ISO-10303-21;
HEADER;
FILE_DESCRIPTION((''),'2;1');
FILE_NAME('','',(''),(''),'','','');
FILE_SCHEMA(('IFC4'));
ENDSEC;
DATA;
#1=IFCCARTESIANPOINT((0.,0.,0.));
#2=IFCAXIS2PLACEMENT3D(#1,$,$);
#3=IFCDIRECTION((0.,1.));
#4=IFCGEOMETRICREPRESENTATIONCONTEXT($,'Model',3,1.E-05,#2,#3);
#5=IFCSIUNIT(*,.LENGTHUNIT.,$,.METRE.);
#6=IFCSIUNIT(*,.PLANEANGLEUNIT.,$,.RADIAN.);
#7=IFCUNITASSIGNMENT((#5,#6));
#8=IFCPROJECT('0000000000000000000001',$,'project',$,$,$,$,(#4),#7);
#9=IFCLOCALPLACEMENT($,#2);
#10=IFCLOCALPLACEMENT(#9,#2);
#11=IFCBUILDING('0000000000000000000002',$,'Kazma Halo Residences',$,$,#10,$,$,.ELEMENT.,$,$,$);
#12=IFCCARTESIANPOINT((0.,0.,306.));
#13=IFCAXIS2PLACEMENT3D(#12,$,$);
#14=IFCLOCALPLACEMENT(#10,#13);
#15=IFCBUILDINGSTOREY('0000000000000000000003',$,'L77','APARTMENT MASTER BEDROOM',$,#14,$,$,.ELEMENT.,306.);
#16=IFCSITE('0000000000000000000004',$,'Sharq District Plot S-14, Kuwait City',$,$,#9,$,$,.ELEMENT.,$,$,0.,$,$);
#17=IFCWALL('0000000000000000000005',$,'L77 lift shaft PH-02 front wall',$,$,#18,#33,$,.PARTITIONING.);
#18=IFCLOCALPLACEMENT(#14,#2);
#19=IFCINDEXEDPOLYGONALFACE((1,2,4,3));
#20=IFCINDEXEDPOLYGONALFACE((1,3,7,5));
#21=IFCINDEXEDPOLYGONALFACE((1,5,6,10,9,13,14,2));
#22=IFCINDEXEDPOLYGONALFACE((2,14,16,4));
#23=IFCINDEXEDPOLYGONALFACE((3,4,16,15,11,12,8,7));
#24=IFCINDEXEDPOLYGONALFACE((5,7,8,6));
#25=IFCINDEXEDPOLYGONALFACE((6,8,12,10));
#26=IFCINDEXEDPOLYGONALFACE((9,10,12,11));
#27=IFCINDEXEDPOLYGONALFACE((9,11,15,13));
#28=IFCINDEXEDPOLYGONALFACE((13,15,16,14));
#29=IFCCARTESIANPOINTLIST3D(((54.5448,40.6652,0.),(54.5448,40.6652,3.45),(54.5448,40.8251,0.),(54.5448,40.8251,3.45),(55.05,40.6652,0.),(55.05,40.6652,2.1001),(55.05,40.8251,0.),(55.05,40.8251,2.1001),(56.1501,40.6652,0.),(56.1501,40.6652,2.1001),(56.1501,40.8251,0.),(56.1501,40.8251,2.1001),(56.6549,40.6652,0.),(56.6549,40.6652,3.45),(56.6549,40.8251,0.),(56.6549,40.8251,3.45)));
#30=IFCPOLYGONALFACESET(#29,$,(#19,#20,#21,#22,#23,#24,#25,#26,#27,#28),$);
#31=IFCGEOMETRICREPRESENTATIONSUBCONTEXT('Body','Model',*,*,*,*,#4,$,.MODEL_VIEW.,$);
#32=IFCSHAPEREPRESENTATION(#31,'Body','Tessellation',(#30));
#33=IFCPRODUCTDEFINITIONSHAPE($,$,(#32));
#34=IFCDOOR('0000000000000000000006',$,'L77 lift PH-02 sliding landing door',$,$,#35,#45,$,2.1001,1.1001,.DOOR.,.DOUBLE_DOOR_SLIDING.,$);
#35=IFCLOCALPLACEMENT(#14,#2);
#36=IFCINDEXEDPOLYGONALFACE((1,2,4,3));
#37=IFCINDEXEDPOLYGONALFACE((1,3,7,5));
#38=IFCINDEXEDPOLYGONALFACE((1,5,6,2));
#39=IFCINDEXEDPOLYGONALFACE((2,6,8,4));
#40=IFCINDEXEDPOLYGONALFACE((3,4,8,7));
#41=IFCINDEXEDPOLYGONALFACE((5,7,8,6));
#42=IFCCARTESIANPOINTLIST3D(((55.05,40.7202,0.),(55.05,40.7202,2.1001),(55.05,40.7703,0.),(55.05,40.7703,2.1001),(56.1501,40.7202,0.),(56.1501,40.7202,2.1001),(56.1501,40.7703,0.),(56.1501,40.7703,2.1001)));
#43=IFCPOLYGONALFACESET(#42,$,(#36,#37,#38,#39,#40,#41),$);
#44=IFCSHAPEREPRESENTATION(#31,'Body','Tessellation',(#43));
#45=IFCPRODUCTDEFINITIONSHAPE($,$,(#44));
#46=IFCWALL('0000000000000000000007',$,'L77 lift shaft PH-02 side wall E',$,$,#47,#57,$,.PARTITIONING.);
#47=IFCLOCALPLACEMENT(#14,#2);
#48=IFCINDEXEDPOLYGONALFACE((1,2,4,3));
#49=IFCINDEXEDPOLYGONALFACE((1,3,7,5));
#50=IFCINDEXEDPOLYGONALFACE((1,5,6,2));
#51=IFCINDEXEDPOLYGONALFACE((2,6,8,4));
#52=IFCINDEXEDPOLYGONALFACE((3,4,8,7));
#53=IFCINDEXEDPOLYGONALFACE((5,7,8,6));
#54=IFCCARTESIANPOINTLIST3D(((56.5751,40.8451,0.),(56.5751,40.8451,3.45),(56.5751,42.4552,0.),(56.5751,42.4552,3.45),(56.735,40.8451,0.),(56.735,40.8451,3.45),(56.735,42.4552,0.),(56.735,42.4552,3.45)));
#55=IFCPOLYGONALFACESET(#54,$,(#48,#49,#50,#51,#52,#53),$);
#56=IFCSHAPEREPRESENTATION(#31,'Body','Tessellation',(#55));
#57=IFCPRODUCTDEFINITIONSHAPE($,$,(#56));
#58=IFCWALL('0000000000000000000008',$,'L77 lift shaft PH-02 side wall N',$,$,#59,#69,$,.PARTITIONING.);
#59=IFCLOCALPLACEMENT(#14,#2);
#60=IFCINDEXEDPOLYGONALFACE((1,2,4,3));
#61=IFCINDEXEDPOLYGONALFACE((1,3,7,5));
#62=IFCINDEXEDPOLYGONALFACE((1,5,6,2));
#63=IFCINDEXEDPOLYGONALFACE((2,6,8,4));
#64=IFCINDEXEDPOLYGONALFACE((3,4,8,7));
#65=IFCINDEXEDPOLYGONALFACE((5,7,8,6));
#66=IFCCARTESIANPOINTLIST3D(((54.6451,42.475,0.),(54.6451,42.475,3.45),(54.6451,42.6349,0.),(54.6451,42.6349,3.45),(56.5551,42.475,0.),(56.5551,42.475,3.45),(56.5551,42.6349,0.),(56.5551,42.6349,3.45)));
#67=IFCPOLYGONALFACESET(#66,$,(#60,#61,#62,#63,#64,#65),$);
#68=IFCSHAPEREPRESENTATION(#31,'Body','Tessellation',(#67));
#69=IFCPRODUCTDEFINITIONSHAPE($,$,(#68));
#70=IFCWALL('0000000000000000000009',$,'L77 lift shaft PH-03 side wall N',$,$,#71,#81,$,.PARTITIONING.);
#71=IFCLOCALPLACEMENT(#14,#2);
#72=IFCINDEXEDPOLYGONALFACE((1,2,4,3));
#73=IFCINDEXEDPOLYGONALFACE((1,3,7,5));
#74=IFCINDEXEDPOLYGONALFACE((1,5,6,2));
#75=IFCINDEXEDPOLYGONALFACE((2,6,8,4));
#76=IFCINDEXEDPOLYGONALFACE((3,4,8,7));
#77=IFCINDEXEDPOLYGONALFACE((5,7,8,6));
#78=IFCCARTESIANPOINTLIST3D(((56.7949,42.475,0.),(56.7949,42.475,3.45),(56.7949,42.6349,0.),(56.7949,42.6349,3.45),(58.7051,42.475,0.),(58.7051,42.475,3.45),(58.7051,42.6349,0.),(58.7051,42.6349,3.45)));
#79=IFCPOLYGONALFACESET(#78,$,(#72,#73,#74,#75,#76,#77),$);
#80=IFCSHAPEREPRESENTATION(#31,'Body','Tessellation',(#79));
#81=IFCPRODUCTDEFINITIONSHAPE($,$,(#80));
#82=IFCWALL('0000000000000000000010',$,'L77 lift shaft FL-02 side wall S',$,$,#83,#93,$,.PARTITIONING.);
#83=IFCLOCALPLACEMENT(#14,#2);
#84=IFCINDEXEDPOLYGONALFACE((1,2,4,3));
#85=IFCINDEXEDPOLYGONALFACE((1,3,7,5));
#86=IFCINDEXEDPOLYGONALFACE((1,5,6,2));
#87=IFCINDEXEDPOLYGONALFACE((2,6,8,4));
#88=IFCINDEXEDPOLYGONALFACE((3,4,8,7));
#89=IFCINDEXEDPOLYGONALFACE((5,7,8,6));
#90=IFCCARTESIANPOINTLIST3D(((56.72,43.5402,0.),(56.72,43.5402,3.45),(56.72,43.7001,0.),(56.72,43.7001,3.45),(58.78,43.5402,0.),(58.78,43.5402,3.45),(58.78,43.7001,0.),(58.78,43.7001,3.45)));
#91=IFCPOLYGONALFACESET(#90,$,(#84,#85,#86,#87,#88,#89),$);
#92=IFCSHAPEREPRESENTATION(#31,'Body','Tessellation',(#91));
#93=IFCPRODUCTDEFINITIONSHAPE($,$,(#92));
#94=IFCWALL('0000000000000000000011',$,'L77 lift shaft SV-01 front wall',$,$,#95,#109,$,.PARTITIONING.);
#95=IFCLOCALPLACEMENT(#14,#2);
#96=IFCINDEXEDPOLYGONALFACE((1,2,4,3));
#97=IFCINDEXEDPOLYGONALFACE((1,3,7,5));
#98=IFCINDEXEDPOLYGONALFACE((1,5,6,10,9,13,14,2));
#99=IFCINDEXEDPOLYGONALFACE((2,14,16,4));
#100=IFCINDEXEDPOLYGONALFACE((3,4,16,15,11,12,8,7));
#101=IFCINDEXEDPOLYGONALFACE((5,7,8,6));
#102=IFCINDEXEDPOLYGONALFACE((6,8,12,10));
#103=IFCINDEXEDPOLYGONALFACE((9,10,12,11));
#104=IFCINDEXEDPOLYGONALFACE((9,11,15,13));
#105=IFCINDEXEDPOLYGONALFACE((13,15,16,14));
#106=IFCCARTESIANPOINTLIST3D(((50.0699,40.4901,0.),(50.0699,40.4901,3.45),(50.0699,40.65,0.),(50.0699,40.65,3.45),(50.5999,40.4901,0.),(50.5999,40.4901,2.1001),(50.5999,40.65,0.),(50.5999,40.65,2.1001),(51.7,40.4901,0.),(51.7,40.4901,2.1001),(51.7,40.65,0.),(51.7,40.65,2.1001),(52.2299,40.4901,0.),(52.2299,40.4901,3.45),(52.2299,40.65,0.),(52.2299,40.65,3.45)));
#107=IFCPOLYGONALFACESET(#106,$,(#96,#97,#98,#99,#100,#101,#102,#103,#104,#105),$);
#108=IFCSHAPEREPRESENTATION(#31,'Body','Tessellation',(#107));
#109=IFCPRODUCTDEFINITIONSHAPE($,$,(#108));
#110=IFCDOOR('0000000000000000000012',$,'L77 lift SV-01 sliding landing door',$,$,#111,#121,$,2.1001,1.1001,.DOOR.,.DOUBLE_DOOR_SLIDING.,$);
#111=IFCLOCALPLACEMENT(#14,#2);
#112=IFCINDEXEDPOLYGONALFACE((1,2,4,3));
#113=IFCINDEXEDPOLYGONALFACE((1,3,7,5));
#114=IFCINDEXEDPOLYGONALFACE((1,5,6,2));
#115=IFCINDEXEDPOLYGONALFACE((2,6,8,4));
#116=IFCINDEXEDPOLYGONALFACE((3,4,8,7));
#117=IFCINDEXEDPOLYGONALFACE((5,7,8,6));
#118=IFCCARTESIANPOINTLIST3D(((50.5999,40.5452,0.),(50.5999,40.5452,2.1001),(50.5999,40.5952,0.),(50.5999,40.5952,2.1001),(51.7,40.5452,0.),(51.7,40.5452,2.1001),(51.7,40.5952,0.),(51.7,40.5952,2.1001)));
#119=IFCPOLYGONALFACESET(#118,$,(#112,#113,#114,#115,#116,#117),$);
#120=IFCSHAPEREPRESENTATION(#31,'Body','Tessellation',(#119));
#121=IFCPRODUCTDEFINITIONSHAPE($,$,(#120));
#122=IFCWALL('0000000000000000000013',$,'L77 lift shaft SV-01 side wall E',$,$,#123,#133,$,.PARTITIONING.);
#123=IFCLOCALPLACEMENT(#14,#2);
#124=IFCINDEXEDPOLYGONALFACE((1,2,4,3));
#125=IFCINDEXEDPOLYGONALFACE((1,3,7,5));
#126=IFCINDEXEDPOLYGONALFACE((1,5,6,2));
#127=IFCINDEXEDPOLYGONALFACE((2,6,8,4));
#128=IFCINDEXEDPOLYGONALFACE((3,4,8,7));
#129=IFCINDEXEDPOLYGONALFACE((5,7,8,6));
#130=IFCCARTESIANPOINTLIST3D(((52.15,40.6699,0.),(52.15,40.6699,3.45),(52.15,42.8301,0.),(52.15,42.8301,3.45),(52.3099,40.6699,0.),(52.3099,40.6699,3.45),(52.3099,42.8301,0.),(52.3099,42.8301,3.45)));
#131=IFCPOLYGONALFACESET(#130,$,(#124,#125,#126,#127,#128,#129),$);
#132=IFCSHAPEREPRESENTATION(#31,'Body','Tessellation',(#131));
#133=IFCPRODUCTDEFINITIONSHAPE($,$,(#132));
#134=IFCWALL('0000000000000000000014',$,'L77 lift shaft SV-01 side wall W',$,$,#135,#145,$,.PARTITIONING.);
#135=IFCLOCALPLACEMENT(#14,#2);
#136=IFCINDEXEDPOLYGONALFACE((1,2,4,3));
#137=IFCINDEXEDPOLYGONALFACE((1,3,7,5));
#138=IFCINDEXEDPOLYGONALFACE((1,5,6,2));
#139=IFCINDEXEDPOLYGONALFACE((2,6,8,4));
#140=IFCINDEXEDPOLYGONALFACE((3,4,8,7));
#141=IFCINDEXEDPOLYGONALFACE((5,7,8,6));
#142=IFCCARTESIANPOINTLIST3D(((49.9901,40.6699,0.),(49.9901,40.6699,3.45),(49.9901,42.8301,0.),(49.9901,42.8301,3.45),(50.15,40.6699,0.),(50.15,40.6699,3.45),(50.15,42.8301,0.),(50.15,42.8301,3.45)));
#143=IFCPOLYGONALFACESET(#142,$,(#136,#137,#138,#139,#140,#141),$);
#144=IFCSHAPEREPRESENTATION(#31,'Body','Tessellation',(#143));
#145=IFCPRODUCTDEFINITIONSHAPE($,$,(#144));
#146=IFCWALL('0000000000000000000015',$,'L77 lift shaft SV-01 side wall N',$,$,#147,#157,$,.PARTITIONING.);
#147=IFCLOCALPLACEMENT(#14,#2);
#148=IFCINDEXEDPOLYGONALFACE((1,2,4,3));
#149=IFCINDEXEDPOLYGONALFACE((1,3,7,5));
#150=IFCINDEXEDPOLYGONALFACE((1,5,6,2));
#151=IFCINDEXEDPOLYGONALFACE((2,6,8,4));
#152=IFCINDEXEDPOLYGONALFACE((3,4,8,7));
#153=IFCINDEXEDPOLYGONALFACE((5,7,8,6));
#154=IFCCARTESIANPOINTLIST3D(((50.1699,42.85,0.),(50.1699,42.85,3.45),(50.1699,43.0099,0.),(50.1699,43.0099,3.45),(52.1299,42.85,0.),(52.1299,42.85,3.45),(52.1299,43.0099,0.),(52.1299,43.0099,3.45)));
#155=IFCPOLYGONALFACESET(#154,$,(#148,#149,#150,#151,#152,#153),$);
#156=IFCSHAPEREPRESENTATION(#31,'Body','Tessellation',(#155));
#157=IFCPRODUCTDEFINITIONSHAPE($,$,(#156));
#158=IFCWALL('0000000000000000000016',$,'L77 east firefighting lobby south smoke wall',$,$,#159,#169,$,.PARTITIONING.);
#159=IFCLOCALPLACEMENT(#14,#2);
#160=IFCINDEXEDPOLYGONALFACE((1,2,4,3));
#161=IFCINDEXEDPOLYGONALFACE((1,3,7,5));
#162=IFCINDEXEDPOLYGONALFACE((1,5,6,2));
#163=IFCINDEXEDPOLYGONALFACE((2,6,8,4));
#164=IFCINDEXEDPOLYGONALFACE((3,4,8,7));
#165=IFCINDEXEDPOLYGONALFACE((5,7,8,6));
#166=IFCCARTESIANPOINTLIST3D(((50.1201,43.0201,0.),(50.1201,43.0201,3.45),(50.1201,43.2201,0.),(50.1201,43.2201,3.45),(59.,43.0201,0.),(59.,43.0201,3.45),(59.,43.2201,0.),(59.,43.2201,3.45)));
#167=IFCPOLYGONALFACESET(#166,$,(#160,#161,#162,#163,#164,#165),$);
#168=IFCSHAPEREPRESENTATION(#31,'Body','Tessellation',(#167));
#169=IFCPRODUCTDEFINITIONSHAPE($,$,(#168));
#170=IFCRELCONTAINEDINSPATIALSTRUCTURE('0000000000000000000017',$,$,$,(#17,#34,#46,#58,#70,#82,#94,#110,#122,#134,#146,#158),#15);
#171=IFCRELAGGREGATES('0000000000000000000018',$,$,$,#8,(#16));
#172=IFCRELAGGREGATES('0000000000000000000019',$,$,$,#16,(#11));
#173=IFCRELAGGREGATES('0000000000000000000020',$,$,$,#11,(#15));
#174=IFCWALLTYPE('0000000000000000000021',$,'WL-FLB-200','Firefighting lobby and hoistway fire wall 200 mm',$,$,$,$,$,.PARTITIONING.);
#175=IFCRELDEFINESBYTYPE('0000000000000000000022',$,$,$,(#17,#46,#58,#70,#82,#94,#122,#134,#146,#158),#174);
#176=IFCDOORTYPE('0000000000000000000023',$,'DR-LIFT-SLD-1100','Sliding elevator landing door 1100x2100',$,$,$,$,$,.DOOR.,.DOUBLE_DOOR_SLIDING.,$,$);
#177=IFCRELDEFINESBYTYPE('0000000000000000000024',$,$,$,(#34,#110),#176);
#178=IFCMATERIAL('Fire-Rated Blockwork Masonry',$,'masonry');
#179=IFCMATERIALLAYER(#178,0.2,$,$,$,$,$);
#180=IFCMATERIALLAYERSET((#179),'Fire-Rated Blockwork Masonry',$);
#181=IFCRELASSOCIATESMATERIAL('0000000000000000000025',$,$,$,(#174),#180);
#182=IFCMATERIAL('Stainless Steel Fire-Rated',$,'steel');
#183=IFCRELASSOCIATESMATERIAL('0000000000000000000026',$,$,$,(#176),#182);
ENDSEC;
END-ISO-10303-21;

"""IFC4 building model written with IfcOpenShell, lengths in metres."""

from ifc_helpers import new_model, si_unit, direction, frame, frame_2d, origin, place, context, subcontext, project, spatial, rectangle, extrude, material, layer, layer_set, type_object, element, fill, save


model = new_model("IFC4")

# Units and contexts
model_context = context("Model", 3, precision=1e-05, world=origin(), true_north=direction((0.0, 1.0)))
body_context = subcontext(model_context, "Body", "Model", "MODEL_VIEW")
ifc_project = project(units=[si_unit("LENGTHUNIT", "METRE"), si_unit("PLANEANGLEUNIT", "RADIAN")], contexts=[model_context])

# Site, building, storey
site_placement = place(None, origin())
site = spatial("IfcSite", under=ifc_project, at=site_placement, Name="Sharq District Plot S-14, Kuwait City", CompositionType="ELEMENT", RefElevation=0.0)
building_placement = place(site_placement, origin())
building = spatial("IfcBuilding", under=site, at=building_placement, Name="Kazma Halo Residences", CompositionType="ELEMENT")
storey_placement = place(building_placement, frame((0.0, 0.0, 306.0)))
storey = spatial("IfcBuildingStorey", under=building, at=storey_placement, Name="L77", Description="APARTMENT MASTER BEDROOM", CompositionType="ELEMENT", Elevation=306.0)

# Shared definitions
ifc_material_1 = material(Name="Fire-Rated Blockwork Masonry", Category="masonry")
ifc_layer_1 = layer(ifc_material_1, 0.2)
ifc_layer_set_1 = layer_set([ifc_layer_1], Name="Fire-Rated Blockwork Masonry")
wall_type_1 = type_object("IfcWallType", Name="WL-FLB-200", Description="Firefighting lobby and hoistway fire wall 200 mm", PredefinedType="PARTITIONING", material=ifc_layer_set_1)
ifc_material_2 = material(Name="Stainless Steel Fire-Rated", Category="steel")
door_type_1 = type_object("IfcDoorType", Name="DR-LIFT-SLD-1100", Description="Sliding elevator landing door 1100x2100", OperationType="DOUBLE_DOOR_SLIDING", PredefinedType="DOOR", material=ifc_material_2)

# Wall, opening, door
wall_1_placement = place(storey_placement, frame((56.655, 40.7451, 0.0), z_axis=(0.0, 0.0, 1.0), x_axis=(-1.0, 0.0, 0.0)))
wall_1 = element("IfcWall", 1, at=wall_1_placement, inside=storey, type_object=wall_type_1, Name="L77 lift shaft PH-02 front wall", PredefinedType="PARTITIONING", context=body_context, shape_type="SweptSolid", body=[
    extrude(rectangle(XDim=2.1101, YDim=0.1599, at=frame_2d((1.0552, 0.0))), origin(), (0.0, 0.0, 1.0), 3.45),
])
opening_1_placement = place(wall_1_placement, frame((0.5049, 0.0, 0.0)))
opening_1 = element("IfcOpeningElement", 2, at=opening_1_placement, cuts=wall_1, PredefinedType="OPENING", context=body_context, shape_type="SweptSolid", body=[
    extrude(rectangle(XDim=1.1001, YDim=2.1001, at=frame_2d((0.55, 1.05))), frame((0.0, 0.0898, 0.0), z_axis=(0.0, -1.0, 0.0), x_axis=(1.0, 0.0, 0.0)), (0.0, 0.0, 1.0), 0.1799),
])
door_1_placement = place(opening_1_placement, origin())
door_1 = element("IfcDoor", 3, at=door_1_placement, inside=storey, type_object=door_type_1, Name="L77 lift PH-02 sliding landing door", OperationType="DOUBLE_DOOR_SLIDING", OverallHeight=2.1001, OverallWidth=1.1001, PredefinedType="DOOR", context=body_context, shape_type="SweptSolid", body=[
    extrude(rectangle(XDim=1.1001, YDim=2.1001, at=frame_2d((0.55, 1.05))), frame((0.0, 0.0249, 0.0), z_axis=(0.0, -1.0, 0.0), x_axis=(1.0, 0.0, 0.0)), (0.0, 0.0, 1.0), 0.05),
])
fill(opening_1, door_1)

# Walls
wall_2_placement = place(storey_placement, frame((56.655, 40.845, 0.0), z_axis=(0.0, 0.0, 1.0), x_axis=(0.0, 1.0, 0.0)))
element("IfcWall", 4, at=wall_2_placement, inside=storey, type_object=wall_type_1, Name="L77 lift shaft PH-02 side wall E", PredefinedType="PARTITIONING", context=body_context, shape_type="SweptSolid", body=[
    extrude(rectangle(XDim=1.6101, YDim=0.1599, at=frame_2d((0.8052, 0.0))), origin(), (0.0, 0.0, 1.0), 3.45),
])
wall_3_placement = place(storey_placement, frame((54.645, 42.5549, 0.0), z_axis=(0.0, 0.0, 1.0), x_axis=(1.0, 0.0, 0.0)))
element("IfcWall", 5, at=wall_3_placement, inside=storey, type_object=wall_type_1, Name="L77 lift shaft PH-02 side wall N", PredefinedType="PARTITIONING", context=body_context, shape_type="SweptSolid", body=[
    extrude(rectangle(XDim=1.9099, YDim=0.1599, at=frame_2d((0.9551, 0.0))), origin(), (0.0, 0.0, 1.0), 3.45),
])
wall_4_placement = place(storey_placement, frame((56.7949, 42.5549, 0.0), z_axis=(0.0, 0.0, 1.0), x_axis=(1.0, 0.0, 0.0)))
element("IfcWall", 6, at=wall_4_placement, inside=storey, type_object=wall_type_1, Name="L77 lift shaft PH-03 side wall N", PredefinedType="PARTITIONING", context=body_context, shape_type="SweptSolid", body=[
    extrude(rectangle(XDim=1.9102, YDim=0.1599, at=frame_2d((0.9551, 0.0))), origin(), (0.0, 0.0, 1.0), 3.45),
])
wall_5_placement = place(storey_placement, frame((56.72, 43.6201, 0.0), z_axis=(0.0, 0.0, 1.0), x_axis=(1.0, 0.0, 0.0)))
element("IfcWall", 7, at=wall_5_placement, inside=storey, type_object=wall_type_1, Name="L77 lift shaft FL-02 side wall S", PredefinedType="PARTITIONING", context=body_context, shape_type="SweptSolid", body=[
    extrude(rectangle(XDim=2.0601, YDim=0.1599, at=frame_2d((1.03, 0.0))), origin(), (0.0, 0.0, 1.0), 3.45),
])

# Wall, opening, door
wall_6_placement = place(storey_placement, frame((52.23, 40.5701, 0.0), z_axis=(0.0, 0.0, 1.0), x_axis=(-1.0, 0.0, 0.0)))
wall_6 = element("IfcWall", 8, at=wall_6_placement, inside=storey, type_object=wall_type_1, Name="L77 lift shaft SV-01 front wall", PredefinedType="PARTITIONING", context=body_context, shape_type="SweptSolid", body=[
    extrude(rectangle(XDim=2.1599, YDim=0.1599, at=frame_2d((1.0801, 0.0))), origin(), (0.0, 0.0, 1.0), 3.45),
])
opening_2_placement = place(wall_6_placement, frame((0.53, 0.0, 0.0)))
opening_2 = element("IfcOpeningElement", 9, at=opening_2_placement, cuts=wall_6, PredefinedType="OPENING", context=body_context, shape_type="SweptSolid", body=[
    extrude(rectangle(XDim=1.1001, YDim=2.1001, at=frame_2d((0.55, 1.05))), frame((0.0, 0.0898, 0.0), z_axis=(0.0, -1.0, 0.0), x_axis=(1.0, 0.0, 0.0)), (0.0, 0.0, 1.0), 0.1799),
])
door_2_placement = place(opening_2_placement, origin())
door_2 = element("IfcDoor", 10, at=door_2_placement, inside=storey, type_object=door_type_1, Name="L77 lift SV-01 sliding landing door", OperationType="DOUBLE_DOOR_SLIDING", OverallHeight=2.1001, OverallWidth=1.1001, PredefinedType="DOOR", context=body_context, shape_type="SweptSolid", body=[
    extrude(rectangle(XDim=1.1001, YDim=2.1001, at=frame_2d((0.55, 1.05))), frame((0.0, 0.0249, 0.0), z_axis=(0.0, -1.0, 0.0), x_axis=(1.0, 0.0, 0.0)), (0.0, 0.0, 1.0), 0.05),
])
fill(opening_2, door_2)

# Walls
for number, where, z_axis, x_axis, name in (
    (11, (52.23, 40.6699, 0.0), (0.0, 0.0, 1.0), (0.0, 1.0, 0.0), "L77 lift shaft SV-01 side wall E"),
    (12, (50.0701, 40.6699, 0.0), (0.0, 0.0, 1.0), (0.0, 1.0, 0.0), "L77 lift shaft SV-01 side wall W"),
):
    element("IfcWall", number, at=place(storey_placement, frame(where, z_axis=z_axis, x_axis=x_axis)), inside=storey, type_object=wall_type_1, Name=name, PredefinedType="PARTITIONING", context=body_context, shape_type="SweptSolid", body=[
        extrude(rectangle(XDim=2.1602, YDim=0.1599, at=frame_2d((1.0801, 0.0))), origin(), (0.0, 0.0, 1.0), 3.45),
    ])
wall_7_placement = place(storey_placement, frame((50.1699, 42.9299, 0.0), z_axis=(0.0, 0.0, 1.0), x_axis=(1.0, 0.0, 0.0)))
element("IfcWall", 13, at=wall_7_placement, inside=storey, type_object=wall_type_1, Name="L77 lift shaft SV-01 side wall N", PredefinedType="PARTITIONING", context=body_context, shape_type="SweptSolid", body=[
    extrude(rectangle(XDim=1.96, YDim=0.1599, at=frame_2d((0.98, 0.0))), origin(), (0.0, 0.0, 1.0), 3.45),
])
wall_8_placement = place(storey_placement, frame((50.1201, 43.1201, 0.0), z_axis=(0.0, 0.0, 1.0), x_axis=(1.0, 0.0, 0.0)))
element("IfcWall", 14, at=wall_8_placement, inside=storey, type_object=wall_type_1, Name="L77 east firefighting lobby south smoke wall", PredefinedType="PARTITIONING", context=body_context, shape_type="SweptSolid", body=[
    extrude(rectangle(XDim=8.8799, YDim=0.2, at=frame_2d((4.4399, 0.0))), origin(), (0.0, 0.0, 1.0), 3.45),
])

save(model, "model.ifc")
